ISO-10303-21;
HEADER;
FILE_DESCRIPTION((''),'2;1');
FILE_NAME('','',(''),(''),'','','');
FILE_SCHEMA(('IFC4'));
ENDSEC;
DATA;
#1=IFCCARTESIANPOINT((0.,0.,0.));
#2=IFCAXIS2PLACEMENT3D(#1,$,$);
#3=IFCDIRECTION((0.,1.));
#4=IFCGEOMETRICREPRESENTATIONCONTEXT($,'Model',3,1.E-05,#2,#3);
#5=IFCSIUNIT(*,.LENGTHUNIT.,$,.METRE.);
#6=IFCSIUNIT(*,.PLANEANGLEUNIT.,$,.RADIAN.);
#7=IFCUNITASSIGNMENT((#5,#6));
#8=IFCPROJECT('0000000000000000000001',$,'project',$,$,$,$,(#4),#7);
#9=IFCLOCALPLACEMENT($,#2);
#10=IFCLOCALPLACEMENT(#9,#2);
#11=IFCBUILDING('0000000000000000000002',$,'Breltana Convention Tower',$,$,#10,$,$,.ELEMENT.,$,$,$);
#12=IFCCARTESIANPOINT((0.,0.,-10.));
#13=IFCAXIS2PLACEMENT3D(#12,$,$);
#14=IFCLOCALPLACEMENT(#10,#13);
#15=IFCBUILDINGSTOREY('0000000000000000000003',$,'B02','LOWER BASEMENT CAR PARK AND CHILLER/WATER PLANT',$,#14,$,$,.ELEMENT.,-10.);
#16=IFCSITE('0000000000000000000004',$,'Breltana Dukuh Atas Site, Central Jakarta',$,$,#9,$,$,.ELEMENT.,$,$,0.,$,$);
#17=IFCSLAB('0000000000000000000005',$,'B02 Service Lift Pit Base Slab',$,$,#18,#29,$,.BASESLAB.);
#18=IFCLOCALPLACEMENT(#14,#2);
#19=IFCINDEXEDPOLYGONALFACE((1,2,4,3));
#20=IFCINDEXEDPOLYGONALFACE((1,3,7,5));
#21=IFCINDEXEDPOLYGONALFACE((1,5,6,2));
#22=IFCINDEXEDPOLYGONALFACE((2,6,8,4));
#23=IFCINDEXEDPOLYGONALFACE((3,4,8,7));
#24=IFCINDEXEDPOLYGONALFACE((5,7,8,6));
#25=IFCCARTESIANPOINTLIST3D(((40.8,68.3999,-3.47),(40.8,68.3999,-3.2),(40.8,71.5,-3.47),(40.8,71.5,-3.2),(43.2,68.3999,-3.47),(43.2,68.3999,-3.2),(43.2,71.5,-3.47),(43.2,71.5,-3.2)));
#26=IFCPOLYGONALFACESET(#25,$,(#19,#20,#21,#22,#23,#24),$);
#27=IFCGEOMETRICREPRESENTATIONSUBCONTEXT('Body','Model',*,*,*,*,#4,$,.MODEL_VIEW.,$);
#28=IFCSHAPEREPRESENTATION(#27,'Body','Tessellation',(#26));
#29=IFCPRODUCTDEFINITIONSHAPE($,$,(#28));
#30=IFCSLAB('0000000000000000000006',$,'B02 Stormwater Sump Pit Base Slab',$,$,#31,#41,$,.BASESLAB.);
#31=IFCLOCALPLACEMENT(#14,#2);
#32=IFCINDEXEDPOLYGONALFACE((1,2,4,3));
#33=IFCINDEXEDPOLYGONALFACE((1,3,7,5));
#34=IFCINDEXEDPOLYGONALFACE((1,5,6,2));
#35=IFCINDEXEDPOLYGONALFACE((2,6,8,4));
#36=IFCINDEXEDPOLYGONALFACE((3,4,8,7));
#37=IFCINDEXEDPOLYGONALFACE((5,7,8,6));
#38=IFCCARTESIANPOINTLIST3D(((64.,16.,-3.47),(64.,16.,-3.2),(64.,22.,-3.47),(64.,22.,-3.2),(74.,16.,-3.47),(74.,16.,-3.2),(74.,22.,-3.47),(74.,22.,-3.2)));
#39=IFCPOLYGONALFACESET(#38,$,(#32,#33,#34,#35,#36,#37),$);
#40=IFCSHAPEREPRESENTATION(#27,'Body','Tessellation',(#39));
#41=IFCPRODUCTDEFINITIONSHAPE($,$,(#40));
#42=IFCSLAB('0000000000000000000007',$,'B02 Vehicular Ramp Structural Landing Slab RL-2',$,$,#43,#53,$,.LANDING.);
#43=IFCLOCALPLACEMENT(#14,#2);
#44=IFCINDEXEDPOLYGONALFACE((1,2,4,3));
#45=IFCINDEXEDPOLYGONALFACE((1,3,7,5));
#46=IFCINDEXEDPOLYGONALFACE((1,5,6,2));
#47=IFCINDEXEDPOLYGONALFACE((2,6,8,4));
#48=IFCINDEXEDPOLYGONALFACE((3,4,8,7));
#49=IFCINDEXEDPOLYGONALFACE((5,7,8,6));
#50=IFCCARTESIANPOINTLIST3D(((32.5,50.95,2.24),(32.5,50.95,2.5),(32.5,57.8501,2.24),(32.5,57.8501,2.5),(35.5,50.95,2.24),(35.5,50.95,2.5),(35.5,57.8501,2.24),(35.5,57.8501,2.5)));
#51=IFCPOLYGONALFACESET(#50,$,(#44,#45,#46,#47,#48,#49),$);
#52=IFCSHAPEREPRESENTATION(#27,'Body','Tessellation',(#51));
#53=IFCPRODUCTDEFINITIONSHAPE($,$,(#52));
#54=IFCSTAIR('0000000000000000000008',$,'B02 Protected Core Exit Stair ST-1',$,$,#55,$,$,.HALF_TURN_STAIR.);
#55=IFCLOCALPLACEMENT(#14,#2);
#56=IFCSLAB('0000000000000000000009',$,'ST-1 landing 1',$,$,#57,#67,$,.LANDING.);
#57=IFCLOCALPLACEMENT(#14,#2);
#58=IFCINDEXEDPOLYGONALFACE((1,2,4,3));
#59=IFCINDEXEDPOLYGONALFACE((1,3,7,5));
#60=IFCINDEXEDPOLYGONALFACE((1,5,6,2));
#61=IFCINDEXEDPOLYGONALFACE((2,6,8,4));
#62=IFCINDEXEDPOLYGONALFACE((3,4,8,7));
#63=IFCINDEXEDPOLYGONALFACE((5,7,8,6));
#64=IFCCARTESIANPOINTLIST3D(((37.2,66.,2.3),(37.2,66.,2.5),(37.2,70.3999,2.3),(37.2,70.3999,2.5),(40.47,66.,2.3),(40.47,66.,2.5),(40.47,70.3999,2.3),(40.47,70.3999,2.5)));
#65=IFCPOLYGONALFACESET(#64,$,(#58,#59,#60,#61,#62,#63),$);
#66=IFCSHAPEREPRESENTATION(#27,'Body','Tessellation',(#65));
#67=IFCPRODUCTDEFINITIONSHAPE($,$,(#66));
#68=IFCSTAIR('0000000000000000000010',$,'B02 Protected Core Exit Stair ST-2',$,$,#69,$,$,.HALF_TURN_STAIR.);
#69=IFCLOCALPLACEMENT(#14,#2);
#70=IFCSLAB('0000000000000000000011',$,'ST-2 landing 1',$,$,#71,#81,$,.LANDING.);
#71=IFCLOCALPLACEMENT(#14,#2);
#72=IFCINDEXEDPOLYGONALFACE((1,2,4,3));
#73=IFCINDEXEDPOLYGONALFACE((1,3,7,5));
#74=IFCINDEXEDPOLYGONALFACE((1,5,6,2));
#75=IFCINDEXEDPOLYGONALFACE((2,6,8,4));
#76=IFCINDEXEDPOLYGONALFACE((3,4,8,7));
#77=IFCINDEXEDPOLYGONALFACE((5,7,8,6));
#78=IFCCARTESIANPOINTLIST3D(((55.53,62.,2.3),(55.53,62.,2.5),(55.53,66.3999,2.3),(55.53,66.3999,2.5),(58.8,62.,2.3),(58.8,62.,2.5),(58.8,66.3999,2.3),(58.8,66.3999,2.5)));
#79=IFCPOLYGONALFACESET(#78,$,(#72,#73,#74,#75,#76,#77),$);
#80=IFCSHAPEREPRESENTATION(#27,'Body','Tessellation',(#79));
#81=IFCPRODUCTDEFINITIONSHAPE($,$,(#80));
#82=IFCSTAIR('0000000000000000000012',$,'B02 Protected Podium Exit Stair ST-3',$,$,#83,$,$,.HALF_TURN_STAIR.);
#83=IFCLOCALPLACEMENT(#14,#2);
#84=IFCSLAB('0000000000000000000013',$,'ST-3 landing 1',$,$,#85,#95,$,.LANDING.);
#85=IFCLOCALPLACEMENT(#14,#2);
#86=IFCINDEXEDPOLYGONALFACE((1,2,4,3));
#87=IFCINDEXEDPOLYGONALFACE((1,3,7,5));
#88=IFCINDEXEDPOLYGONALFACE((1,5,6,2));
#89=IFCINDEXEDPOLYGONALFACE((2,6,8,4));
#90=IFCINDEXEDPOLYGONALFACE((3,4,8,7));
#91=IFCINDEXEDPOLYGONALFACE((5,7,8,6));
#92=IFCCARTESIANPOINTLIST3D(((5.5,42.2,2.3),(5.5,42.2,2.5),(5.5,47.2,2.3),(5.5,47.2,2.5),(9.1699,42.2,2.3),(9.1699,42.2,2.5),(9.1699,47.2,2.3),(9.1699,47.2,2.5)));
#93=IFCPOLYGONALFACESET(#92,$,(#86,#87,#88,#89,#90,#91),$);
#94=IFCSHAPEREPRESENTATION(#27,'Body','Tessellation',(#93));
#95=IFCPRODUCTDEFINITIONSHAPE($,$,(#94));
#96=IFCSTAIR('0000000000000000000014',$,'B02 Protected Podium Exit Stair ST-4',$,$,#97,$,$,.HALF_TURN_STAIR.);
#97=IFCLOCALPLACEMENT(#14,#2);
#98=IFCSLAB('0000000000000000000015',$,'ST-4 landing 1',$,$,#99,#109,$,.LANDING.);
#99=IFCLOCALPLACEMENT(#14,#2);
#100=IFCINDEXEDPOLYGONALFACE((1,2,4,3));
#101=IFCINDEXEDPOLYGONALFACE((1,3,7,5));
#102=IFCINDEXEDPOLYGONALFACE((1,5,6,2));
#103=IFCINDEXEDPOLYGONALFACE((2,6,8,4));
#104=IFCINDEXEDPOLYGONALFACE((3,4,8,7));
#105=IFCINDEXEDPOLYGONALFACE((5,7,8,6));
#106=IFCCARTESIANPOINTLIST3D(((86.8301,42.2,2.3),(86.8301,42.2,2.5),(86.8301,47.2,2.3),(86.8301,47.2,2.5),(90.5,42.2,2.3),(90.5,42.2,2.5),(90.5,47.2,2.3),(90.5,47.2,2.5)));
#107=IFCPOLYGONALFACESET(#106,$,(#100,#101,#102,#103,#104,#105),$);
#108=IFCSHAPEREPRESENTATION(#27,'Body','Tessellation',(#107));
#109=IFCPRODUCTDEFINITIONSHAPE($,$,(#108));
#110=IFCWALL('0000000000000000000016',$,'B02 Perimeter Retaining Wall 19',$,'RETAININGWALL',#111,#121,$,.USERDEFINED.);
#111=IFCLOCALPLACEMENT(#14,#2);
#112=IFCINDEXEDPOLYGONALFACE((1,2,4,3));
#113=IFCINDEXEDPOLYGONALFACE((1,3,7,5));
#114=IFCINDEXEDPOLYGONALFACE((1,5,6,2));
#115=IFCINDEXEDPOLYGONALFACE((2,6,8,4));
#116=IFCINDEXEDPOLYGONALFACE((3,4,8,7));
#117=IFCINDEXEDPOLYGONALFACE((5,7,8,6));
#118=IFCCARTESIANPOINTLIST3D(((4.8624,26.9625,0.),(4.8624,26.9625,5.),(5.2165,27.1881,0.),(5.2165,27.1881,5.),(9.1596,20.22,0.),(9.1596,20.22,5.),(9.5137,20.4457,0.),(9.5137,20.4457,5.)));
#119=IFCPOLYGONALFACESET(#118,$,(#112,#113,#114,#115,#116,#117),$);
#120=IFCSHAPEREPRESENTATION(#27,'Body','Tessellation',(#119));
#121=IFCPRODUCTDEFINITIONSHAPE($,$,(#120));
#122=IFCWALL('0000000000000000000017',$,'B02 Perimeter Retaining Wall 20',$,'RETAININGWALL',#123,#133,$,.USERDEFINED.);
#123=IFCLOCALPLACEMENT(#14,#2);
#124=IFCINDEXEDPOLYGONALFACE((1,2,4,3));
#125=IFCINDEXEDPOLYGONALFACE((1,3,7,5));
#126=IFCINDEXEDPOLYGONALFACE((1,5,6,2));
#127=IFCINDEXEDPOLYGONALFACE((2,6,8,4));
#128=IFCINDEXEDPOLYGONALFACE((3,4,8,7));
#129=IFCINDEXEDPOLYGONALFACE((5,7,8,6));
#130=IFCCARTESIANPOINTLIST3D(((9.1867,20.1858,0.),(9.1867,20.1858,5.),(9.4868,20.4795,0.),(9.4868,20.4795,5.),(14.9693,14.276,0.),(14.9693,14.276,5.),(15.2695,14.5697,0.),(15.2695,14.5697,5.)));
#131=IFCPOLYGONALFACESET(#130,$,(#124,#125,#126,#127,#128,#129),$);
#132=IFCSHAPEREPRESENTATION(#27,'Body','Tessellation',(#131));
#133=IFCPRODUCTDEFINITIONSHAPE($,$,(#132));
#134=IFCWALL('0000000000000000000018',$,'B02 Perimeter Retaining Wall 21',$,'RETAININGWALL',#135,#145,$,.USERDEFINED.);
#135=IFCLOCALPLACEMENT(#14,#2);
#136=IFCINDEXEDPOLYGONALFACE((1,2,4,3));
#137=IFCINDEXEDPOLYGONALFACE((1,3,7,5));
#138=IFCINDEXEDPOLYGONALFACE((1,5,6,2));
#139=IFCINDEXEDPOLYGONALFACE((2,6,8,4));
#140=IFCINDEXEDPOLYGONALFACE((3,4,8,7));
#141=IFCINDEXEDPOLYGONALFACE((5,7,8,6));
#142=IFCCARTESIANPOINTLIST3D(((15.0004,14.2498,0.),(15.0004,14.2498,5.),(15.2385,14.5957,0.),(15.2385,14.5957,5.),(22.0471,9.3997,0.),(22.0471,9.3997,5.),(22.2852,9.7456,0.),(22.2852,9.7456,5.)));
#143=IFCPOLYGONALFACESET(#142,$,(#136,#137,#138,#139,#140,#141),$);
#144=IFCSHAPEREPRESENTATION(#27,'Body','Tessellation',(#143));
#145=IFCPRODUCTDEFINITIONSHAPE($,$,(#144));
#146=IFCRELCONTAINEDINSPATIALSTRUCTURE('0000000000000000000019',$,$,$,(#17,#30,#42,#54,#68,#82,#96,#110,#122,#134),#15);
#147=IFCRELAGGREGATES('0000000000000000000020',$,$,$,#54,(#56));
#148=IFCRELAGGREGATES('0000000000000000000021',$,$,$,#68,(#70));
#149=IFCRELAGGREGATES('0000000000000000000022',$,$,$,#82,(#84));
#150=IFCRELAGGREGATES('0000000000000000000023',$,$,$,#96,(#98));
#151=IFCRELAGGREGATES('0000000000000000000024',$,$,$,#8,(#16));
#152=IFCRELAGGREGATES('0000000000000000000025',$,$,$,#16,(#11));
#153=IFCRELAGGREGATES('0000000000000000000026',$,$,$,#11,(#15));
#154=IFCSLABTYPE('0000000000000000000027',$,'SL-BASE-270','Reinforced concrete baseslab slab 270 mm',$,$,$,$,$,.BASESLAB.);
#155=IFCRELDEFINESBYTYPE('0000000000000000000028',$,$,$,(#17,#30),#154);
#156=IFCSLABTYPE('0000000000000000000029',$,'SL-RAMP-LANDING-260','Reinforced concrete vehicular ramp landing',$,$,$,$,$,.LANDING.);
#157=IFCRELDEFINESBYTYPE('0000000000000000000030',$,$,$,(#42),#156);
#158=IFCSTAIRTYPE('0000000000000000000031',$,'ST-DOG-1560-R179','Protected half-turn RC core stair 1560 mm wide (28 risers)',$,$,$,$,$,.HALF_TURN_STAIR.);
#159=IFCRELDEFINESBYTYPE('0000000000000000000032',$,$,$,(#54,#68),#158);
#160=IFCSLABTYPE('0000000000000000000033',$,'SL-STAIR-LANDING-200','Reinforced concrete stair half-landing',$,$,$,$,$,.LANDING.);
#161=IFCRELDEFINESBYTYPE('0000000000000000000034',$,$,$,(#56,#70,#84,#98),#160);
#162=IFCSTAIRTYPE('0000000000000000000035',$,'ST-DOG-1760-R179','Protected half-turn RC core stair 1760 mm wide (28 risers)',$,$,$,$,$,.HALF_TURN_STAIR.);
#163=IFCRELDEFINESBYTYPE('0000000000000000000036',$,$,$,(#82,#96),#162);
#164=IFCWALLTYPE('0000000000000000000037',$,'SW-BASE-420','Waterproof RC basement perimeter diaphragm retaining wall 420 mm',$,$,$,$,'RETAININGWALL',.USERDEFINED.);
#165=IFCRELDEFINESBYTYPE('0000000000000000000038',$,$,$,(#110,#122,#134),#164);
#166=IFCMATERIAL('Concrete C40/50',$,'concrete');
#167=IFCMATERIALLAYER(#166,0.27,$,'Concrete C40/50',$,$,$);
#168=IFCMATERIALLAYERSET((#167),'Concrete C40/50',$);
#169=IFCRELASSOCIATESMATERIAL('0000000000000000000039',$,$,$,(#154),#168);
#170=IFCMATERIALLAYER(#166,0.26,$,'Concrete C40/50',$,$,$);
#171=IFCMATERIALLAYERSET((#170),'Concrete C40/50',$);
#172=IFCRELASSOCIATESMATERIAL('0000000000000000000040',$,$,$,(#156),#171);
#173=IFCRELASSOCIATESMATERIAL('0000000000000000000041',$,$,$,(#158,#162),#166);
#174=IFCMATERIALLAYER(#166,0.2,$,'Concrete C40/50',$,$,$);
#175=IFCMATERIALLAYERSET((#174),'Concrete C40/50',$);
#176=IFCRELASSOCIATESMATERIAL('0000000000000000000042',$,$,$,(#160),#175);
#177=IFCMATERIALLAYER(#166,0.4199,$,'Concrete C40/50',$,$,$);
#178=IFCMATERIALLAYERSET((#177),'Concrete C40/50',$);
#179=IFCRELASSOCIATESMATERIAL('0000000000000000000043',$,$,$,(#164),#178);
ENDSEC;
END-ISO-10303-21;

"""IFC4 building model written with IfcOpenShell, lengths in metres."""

from ifc_helpers import new_model, si_unit, direction, frame, frame_2d, origin, place, context, subcontext, project, spatial, polyline, rectangle, outline, extrude, source, transform, mapped, material, layer, layer_set, type_object, element, aggregate, save


model = new_model("IFC4")

# Units and contexts
model_context = context("Model", 3, precision=1e-05, world=origin(), true_north=direction((0.0, 1.0)))
body_context = subcontext(model_context, "Body", "Model", "MODEL_VIEW")
ifc_project = project(units=[si_unit("LENGTHUNIT", "METRE"), si_unit("PLANEANGLEUNIT", "RADIAN")], contexts=[model_context])

# Site, building, storey
site_placement = place(None, origin())
site = spatial("IfcSite", under=ifc_project, at=site_placement, Name="Breltana Dukuh Atas Site, Central Jakarta", CompositionType="ELEMENT", RefElevation=0.0)
building_placement = place(site_placement, origin())
building = spatial("IfcBuilding", under=site, at=building_placement, Name="Breltana Convention Tower", CompositionType="ELEMENT")
storey_placement = place(building_placement, frame((0.0, 0.0, -10.0)))
storey = spatial("IfcBuildingStorey", under=building, at=storey_placement, Name="B02", Description="LOWER BASEMENT CAR PARK AND CHILLER/WATER PLANT", CompositionType="ELEMENT", Elevation=-10.0)

# Shared definitions
ifc_material_1 = material(Name="Concrete C40/50", Category="concrete")

# Slabs
ifc_layer_1 = layer(ifc_material_1, 0.27, Name="Concrete C40/50")
ifc_layer_set_1 = layer_set([ifc_layer_1], Name="Concrete C40/50")
slab_type_1 = type_object("IfcSlabType", Name="SL-BASE-270", Description="Reinforced concrete baseslab slab 270 mm", PredefinedType="BASESLAB", material=ifc_layer_set_1)
slab_1_placement = place(storey_placement, frame((0.0, 0.0, -3.47)))
element("IfcSlab", 1, at=slab_1_placement, inside=storey, type_object=slab_type_1, Name="B02 Service Lift Pit Base Slab", PredefinedType="BASESLAB", context=body_context, shape_type="SweptSolid", body=[
    extrude(outline(polyline([(40.8, 68.3999), (43.2, 68.3999), (43.2, 71.5), (40.8, 71.5), (40.8, 68.3999)])), origin(), (0.0, 0.0, 1.0), 0.27),
])
slab_2_placement = place(storey_placement, frame((0.0, 0.0, -3.47)))
element("IfcSlab", 2, at=slab_2_placement, inside=storey, type_object=slab_type_1, Name="B02 Stormwater Sump Pit Base Slab", PredefinedType="BASESLAB", context=body_context, shape_type="SweptSolid", body=[
    extrude(outline(polyline([(64.0, 16.0), (74.0, 16.0), (74.0, 22.0), (64.0, 22.0), (64.0, 16.0)])), origin(), (0.0, 0.0, 1.0), 0.27),
])
ifc_layer_2 = layer(ifc_material_1, 0.26, Name="Concrete C40/50")
ifc_layer_set_2 = layer_set([ifc_layer_2], Name="Concrete C40/50")
slab_type_2 = type_object("IfcSlabType", Name="SL-RAMP-LANDING-260", Description="Reinforced concrete vehicular ramp landing", PredefinedType="LANDING", material=ifc_layer_set_2)
slab_3_placement = place(storey_placement, frame((0.0, 0.0, 2.24)))
element("IfcSlab", 3, at=slab_3_placement, inside=storey, type_object=slab_type_2, Name="B02 Vehicular Ramp Structural Landing Slab RL-2", PredefinedType="LANDING", context=body_context, shape_type="SweptSolid", body=[
    extrude(outline(polyline([(32.5, 50.95), (35.5, 50.95), (35.5, 57.8501), (32.5, 57.8501), (32.5, 50.95)])), origin(), (0.0, 0.0, 1.0), 0.26),
])

# Stairs, slabs
stair_type_1 = type_object("IfcStairType", Name="ST-DOG-1560-R179", Description="Protected half-turn RC core stair 1560 mm wide (28 risers)", PredefinedType="HALF_TURN_STAIR", material=ifc_material_1)
stair_1_placement = place(storey_placement, origin())
stair_1 = element("IfcStair", 4, at=stair_1_placement, inside=storey, type_object=stair_type_1, Name="B02 Protected Core Exit Stair ST-1", PredefinedType="HALF_TURN_STAIR")
ifc_layer_3 = layer(ifc_material_1, 0.2, Name="Concrete C40/50")
ifc_layer_set_3 = layer_set([ifc_layer_3], Name="Concrete C40/50")
slab_type_3 = type_object("IfcSlabType", Name="SL-STAIR-LANDING-200", Description="Reinforced concrete stair half-landing", PredefinedType="LANDING", material=ifc_layer_set_3)
slab_4_placement = place(storey_placement, frame((0.0, 0.0, 2.3)))
slab_4 = element("IfcSlab", 5, at=slab_4_placement, type_object=slab_type_3, Name="ST-1 landing 1", PredefinedType="LANDING", context=body_context, shape_type="SweptSolid", body=[
    extrude(outline(polyline([(40.47, 66.0), (40.47, 70.3999), (37.2, 70.3999), (37.2, 66.0), (40.47, 66.0)])), origin(), (0.0, 0.0, 1.0), 0.2),
])
aggregate(stair_1, [slab_4])
stair_2_placement = place(storey_placement, origin())
stair_2 = element("IfcStair", 6, at=stair_2_placement, inside=storey, type_object=stair_type_1, Name="B02 Protected Core Exit Stair ST-2", PredefinedType="HALF_TURN_STAIR")
slab_5_placement = place(storey_placement, frame((0.0, 0.0, 2.3)))
slab_5 = element("IfcSlab", 7, at=slab_5_placement, type_object=slab_type_3, Name="ST-2 landing 1", PredefinedType="LANDING", context=body_context, shape_type="SweptSolid", body=[
    extrude(outline(polyline([(55.53, 66.3999), (55.53, 62.0), (58.8, 62.0), (58.8, 66.3999), (55.53, 66.3999)])), origin(), (0.0, 0.0, 1.0), 0.2),
])
aggregate(stair_2, [slab_5])
stair_type_2 = type_object("IfcStairType", Name="ST-DOG-1760-R179", Description="Protected half-turn RC core stair 1760 mm wide (28 risers)", PredefinedType="HALF_TURN_STAIR", material=ifc_material_1)
stair_3_placement = place(storey_placement, origin())
stair_3 = element("IfcStair", 8, at=stair_3_placement, inside=storey, type_object=stair_type_2, Name="B02 Protected Podium Exit Stair ST-3", PredefinedType="HALF_TURN_STAIR")
slab_6_placement = place(storey_placement, frame((0.0, 0.0, 2.3)))
slab_6 = element("IfcSlab", 9, at=slab_6_placement, type_object=slab_type_3, Name="ST-3 landing 1", PredefinedType="LANDING", context=body_context, shape_type="SweptSolid", body=[
    extrude(outline(polyline([(9.1699, 42.2), (9.1699, 47.2), (5.5, 47.2), (5.5, 42.2), (9.1699, 42.2)])), origin(), (0.0, 0.0, 1.0), 0.2),
])
aggregate(stair_3, [slab_6])
stair_4_placement = place(storey_placement, origin())
stair_4 = element("IfcStair", 10, at=stair_4_placement, inside=storey, type_object=stair_type_2, Name="B02 Protected Podium Exit Stair ST-4", PredefinedType="HALF_TURN_STAIR")
slab_7_placement = place(storey_placement, frame((0.0, 0.0, 2.3)))
slab_7 = element("IfcSlab", 11, at=slab_7_placement, type_object=slab_type_3, Name="ST-4 landing 1", PredefinedType="LANDING", context=body_context, shape_type="SweptSolid", body=[
    extrude(outline(polyline([(90.5, 42.2), (90.5, 47.2), (86.8301, 47.2), (86.8301, 42.2), (90.5, 42.2)])), origin(), (0.0, 0.0, 1.0), 0.2),
])
aggregate(stair_4, [slab_7])

# Walls
ifc_layer_4 = layer(ifc_material_1, 0.4199, Name="Concrete C40/50")
ifc_layer_set_4 = layer_set([ifc_layer_4], Name="Concrete C40/50")
wall_type = type_object("IfcWallType", Name="SW-BASE-420", Description="Waterproof RC basement perimeter diaphragm retaining wall 420 mm", ElementType="RETAININGWALL", PredefinedType="USERDEFINED", material=ifc_layer_set_4)
shared_shape_1 = source(origin(), body_context, "Body", "SweptSolid", [
    extrude(rectangle(XDim=7.9954, YDim=0.4199, at=frame_2d((3.9976, 0.0))), origin(), (0.0, 0.0, 1.0), 5.0),
])
wall_1_placement = place(storey_placement, frame((5.0396, 27.0752, 0.0), z_axis=(0.0, 0.0, 1.0), x_axis=(0.537452, -0.843294, 0.0)))
element("IfcWall", 12, at=wall_1_placement, inside=storey, type_object=wall_type, Name="B02 Perimeter Retaining Wall 19", ObjectType="RETAININGWALL", PredefinedType="USERDEFINED", context=body_context, shape_type="MappedRepresentation", body=[
    mapped(shared_shape_1, transform((0.0, 0.0, 0.0), scale=1.0)),
])
shared_shape_2 = source(origin(), body_context, "Body", "SweptSolid", [
    extrude(rectangle(XDim=8.2683, YDim=0.4199, at=frame_2d((4.1343, 0.0))), origin(), (0.0, 0.0, 1.0), 5.0),
])
wall_2_placement = place(storey_placement, frame((9.3367, 20.3328, 0.0), z_axis=(0.0, 0.0, 1.0), x_axis=(0.699373, -0.714757, 0.0)))
element("IfcWall", 13, at=wall_2_placement, inside=storey, type_object=wall_type, Name="B02 Perimeter Retaining Wall 20", ObjectType="RETAININGWALL", PredefinedType="USERDEFINED", context=body_context, shape_type="MappedRepresentation", body=[
    mapped(shared_shape_2, transform((0.0, 0.0, 0.0), scale=1.0)),
])
shared_shape_3 = source(origin(), body_context, "Body", "SweptSolid", [
    extrude(rectangle(XDim=8.5544, YDim=0.4199, at=frame_2d((4.2773, 0.0))), origin(), (0.0, 0.0, 1.0), 5.0),
])
wall_3_placement = place(storey_placement, frame((15.1194, 14.4229, 0.0), z_axis=(0.0, 0.0, 1.0), x_axis=(0.82374, -0.566968, 0.0)))
element("IfcWall", 14, at=wall_3_placement, inside=storey, type_object=wall_type, Name="B02 Perimeter Retaining Wall 21", ObjectType="RETAININGWALL", PredefinedType="USERDEFINED", context=body_context, shape_type="MappedRepresentation", body=[
    mapped(shared_shape_3, transform((0.0, 0.0, 0.0), scale=1.0)),
])

save(model, "model.ifc")
